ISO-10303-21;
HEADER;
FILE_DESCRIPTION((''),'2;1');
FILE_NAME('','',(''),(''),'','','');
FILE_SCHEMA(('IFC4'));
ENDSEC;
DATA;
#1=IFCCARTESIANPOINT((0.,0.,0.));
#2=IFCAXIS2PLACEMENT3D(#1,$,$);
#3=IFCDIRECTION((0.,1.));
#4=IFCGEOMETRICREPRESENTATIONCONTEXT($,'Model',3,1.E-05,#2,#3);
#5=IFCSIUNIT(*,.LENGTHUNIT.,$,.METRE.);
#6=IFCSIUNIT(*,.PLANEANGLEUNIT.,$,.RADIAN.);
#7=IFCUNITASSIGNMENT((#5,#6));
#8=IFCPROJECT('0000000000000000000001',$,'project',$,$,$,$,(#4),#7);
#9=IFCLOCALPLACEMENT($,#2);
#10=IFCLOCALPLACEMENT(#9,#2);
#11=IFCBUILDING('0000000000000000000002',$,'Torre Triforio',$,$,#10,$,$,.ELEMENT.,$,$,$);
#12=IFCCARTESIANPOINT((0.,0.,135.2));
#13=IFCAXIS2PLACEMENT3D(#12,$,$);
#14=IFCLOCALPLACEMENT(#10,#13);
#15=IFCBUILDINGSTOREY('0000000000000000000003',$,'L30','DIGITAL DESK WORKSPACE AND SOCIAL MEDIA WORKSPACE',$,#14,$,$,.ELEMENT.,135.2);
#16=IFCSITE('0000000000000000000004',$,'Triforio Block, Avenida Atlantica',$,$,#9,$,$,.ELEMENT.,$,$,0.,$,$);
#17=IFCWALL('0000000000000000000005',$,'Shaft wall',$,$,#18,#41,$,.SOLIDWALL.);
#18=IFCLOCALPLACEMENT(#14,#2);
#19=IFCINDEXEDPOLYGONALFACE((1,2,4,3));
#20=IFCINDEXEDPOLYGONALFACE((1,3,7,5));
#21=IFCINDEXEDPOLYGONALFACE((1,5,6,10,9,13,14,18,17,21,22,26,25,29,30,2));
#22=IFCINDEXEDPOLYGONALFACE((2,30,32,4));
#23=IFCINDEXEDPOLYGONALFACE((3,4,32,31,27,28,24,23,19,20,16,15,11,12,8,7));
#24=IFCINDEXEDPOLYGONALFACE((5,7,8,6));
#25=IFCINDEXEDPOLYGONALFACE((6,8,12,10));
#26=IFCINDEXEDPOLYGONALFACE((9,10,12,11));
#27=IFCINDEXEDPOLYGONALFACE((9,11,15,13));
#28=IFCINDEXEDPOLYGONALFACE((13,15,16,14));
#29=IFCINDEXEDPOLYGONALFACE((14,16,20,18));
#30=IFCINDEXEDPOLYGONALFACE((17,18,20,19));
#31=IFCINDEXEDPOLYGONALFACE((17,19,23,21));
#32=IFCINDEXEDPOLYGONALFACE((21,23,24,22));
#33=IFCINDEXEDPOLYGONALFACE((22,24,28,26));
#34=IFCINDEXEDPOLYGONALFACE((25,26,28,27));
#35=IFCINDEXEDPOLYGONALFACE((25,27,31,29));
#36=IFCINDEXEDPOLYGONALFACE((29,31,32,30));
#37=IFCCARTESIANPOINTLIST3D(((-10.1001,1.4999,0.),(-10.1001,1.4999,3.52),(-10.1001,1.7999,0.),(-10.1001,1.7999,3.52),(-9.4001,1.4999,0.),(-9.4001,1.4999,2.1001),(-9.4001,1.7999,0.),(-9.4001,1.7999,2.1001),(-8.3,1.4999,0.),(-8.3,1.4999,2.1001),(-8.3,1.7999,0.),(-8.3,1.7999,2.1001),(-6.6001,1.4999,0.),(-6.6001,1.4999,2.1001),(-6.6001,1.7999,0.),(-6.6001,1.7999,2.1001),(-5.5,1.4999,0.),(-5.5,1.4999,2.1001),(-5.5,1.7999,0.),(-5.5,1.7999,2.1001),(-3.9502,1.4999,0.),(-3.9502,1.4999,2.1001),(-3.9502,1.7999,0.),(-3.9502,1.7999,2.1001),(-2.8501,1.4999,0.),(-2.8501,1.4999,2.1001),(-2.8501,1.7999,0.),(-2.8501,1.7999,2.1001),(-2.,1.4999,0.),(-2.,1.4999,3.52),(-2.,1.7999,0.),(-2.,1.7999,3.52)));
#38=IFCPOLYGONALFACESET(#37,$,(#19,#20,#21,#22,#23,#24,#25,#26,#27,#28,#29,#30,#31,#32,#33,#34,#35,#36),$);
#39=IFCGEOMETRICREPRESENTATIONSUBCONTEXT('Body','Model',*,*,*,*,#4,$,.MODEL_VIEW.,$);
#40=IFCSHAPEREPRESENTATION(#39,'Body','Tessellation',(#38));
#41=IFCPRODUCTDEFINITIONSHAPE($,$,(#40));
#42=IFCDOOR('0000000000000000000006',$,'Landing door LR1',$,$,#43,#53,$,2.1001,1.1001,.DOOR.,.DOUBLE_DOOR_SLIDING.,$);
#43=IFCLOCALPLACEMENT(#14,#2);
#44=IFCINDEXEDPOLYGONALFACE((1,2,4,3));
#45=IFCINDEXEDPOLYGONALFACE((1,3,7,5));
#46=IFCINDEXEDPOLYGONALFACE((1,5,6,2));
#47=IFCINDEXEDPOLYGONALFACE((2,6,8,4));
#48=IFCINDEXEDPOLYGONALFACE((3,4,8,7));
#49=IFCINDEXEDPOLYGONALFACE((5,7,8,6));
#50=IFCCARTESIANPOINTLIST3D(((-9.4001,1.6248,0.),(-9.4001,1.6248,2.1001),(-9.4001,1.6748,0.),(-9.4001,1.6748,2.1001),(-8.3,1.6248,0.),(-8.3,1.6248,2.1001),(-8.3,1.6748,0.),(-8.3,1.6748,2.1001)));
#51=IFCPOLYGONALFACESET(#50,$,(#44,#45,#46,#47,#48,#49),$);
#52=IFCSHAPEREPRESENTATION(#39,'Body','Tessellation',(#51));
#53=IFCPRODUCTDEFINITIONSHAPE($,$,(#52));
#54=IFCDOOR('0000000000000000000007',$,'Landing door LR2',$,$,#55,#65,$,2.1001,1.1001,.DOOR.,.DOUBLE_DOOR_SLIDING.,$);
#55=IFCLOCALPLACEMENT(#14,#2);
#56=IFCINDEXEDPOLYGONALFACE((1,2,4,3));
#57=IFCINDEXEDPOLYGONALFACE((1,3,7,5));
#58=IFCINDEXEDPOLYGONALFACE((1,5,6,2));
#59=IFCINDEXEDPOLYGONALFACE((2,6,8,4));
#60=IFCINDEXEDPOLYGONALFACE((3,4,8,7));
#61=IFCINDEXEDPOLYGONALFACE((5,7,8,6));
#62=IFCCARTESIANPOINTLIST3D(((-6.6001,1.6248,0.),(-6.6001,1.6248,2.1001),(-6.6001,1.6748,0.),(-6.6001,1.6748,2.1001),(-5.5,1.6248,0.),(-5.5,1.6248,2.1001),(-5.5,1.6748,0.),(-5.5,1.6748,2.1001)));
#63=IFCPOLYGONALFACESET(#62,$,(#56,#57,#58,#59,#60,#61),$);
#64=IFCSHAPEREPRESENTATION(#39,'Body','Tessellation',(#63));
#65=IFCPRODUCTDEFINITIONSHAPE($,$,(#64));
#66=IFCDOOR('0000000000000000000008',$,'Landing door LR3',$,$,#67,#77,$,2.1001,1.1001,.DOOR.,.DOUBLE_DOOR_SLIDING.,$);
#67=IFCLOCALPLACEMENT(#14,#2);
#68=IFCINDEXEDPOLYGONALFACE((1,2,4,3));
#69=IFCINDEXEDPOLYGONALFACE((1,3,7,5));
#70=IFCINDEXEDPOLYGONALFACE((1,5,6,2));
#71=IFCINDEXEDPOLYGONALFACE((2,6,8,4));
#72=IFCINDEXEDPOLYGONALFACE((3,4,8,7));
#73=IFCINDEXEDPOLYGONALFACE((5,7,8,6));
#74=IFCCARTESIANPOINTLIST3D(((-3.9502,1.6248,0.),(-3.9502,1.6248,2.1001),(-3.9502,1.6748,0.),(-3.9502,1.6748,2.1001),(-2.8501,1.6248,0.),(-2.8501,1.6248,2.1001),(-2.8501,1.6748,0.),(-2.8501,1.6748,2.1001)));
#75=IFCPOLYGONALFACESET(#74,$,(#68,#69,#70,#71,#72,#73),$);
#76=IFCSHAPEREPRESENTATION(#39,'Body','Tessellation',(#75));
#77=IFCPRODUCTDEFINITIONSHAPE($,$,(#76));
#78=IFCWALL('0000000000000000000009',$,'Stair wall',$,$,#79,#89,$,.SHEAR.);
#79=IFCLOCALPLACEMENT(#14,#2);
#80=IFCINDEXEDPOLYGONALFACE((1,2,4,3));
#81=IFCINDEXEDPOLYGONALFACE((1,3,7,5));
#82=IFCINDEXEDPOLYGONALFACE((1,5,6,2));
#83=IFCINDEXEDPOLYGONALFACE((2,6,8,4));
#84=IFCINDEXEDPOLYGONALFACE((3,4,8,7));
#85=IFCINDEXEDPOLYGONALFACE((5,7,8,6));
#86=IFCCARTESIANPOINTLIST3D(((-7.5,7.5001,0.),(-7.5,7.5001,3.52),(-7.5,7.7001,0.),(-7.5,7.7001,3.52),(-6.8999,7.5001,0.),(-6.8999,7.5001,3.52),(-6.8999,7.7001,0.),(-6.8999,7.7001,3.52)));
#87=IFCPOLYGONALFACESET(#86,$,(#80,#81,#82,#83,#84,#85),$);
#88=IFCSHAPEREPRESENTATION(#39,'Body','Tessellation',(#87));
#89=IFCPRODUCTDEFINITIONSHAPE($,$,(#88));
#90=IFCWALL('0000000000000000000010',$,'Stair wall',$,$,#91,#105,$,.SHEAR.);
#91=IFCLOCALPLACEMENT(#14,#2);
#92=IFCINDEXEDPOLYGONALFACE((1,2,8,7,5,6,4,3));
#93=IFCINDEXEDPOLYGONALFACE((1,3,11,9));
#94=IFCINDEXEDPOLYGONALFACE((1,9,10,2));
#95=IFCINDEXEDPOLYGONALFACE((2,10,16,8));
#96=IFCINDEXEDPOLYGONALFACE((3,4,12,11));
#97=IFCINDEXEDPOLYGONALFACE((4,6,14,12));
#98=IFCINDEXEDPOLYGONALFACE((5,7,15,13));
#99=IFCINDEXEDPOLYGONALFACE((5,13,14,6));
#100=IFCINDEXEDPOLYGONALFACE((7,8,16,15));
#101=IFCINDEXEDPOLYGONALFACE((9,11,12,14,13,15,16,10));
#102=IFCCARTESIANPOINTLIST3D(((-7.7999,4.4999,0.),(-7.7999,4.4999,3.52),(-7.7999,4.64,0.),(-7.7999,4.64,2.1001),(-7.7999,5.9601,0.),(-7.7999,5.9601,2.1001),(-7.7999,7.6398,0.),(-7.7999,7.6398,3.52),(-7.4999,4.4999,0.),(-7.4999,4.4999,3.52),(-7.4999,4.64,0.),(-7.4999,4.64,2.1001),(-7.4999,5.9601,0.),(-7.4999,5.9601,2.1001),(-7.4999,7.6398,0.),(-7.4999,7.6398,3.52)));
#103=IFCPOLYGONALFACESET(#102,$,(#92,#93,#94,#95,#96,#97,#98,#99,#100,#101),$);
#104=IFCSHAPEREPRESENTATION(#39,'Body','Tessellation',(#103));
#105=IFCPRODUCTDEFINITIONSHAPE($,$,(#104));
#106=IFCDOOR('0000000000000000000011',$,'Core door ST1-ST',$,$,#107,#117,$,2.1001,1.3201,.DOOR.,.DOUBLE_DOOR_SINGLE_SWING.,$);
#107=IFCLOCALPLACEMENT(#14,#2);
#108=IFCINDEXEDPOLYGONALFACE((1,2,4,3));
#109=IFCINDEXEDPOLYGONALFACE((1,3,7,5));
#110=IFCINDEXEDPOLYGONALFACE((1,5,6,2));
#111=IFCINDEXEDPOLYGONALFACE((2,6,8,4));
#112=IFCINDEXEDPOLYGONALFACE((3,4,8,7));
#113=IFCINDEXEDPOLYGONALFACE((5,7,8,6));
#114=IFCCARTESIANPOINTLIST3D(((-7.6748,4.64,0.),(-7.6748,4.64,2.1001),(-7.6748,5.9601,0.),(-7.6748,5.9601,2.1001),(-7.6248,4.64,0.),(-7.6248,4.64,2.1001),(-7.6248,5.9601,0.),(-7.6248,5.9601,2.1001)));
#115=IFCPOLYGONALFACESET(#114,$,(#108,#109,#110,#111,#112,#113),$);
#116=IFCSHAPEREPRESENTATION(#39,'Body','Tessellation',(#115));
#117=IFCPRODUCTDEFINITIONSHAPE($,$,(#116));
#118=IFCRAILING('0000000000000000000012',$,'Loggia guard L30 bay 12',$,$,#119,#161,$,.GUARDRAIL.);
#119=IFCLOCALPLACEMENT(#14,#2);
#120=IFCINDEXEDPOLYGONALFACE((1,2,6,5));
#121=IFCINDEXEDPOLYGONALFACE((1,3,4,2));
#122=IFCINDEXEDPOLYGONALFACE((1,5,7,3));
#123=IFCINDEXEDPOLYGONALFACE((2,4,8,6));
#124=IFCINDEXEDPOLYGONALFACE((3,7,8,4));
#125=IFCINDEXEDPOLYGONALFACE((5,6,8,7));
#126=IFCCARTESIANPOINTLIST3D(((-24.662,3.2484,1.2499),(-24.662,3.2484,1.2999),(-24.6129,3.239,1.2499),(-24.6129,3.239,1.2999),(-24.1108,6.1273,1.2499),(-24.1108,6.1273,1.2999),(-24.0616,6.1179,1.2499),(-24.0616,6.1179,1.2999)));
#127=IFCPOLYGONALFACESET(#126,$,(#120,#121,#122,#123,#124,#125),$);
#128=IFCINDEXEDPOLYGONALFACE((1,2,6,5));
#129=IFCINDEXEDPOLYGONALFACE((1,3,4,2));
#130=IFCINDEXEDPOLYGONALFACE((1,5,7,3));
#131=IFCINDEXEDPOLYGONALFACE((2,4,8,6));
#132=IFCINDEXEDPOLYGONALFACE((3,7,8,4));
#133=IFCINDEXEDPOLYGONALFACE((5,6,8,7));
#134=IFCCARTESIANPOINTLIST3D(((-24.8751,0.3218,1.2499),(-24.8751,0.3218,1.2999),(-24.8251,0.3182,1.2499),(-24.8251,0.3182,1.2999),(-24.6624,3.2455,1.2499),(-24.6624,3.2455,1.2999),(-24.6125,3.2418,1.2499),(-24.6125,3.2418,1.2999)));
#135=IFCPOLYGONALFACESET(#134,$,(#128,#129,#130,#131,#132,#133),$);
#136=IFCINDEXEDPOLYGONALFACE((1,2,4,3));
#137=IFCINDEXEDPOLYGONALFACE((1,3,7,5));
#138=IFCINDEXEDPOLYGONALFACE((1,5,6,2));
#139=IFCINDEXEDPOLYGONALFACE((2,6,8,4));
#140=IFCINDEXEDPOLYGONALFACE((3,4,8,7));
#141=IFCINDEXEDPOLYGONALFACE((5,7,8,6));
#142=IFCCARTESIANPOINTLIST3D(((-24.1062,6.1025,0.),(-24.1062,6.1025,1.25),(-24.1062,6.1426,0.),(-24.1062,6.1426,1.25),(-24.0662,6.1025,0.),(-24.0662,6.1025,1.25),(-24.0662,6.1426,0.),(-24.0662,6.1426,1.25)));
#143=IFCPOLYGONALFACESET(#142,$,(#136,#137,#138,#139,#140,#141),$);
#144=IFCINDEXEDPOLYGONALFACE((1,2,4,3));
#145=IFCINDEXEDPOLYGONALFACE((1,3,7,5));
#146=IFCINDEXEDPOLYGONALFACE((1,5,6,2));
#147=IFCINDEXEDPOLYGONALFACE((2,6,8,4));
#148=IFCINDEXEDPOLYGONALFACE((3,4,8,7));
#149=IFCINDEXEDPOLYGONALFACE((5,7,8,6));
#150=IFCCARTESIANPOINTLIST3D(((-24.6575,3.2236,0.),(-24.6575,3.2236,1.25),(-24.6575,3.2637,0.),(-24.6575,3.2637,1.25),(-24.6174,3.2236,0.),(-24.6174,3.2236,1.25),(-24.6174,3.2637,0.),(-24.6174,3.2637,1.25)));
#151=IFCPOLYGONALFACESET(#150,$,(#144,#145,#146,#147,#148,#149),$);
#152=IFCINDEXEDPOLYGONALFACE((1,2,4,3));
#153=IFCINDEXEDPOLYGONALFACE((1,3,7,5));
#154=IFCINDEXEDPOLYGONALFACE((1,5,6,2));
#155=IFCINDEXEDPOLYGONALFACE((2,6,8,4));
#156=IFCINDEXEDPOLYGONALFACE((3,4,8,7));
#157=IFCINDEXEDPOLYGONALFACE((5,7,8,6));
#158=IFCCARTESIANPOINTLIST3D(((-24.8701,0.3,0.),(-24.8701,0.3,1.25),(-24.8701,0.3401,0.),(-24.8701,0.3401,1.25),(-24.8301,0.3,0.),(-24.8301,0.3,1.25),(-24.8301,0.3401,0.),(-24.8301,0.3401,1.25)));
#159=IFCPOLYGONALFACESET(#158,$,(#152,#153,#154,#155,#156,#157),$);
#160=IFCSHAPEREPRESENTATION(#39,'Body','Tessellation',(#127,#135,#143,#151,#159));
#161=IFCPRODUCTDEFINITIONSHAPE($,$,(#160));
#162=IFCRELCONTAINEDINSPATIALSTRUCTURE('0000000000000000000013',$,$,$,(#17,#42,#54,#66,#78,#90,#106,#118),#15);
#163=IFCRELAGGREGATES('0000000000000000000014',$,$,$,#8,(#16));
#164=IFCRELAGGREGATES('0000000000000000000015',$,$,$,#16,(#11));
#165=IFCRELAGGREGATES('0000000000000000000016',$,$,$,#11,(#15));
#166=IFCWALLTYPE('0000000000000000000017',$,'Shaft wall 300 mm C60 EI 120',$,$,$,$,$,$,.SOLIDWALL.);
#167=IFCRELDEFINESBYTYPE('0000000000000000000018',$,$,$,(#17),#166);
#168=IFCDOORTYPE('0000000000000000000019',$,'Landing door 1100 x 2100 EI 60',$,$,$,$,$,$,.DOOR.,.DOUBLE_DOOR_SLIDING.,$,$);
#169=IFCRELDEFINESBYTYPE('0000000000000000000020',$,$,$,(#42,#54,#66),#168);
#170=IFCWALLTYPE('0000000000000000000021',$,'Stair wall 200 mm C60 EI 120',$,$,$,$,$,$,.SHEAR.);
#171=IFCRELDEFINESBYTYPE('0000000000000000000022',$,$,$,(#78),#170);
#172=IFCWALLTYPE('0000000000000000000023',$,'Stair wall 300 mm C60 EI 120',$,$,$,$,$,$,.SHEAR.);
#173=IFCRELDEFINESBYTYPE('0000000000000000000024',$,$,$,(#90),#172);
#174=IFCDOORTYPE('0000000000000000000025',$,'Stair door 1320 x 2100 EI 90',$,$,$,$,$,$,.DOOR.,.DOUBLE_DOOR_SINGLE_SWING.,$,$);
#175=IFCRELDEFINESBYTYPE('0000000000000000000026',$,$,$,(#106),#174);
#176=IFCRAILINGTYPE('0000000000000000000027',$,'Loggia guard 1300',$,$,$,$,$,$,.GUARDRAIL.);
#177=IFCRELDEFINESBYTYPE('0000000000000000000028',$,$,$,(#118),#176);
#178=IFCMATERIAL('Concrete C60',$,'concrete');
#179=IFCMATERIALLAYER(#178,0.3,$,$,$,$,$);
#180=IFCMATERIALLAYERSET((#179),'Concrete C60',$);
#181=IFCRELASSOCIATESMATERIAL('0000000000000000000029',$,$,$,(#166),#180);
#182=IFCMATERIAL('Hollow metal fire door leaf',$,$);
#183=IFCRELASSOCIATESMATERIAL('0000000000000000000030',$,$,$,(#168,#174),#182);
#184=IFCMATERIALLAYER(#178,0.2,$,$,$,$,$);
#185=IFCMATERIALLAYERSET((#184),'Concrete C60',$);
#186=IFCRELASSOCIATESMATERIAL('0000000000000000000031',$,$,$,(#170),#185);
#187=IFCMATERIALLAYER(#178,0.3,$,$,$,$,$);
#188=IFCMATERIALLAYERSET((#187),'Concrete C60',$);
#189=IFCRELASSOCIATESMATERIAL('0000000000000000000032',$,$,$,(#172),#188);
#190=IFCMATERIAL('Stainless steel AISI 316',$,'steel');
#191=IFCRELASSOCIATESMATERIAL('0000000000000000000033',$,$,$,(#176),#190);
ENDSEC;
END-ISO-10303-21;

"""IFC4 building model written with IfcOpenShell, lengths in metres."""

from ifc_helpers import new_model, si_unit, direction, frame, frame_2d, origin, origin_2d, place, context, subcontext, project, spatial, rectangle, extrude, material, layer, layer_set, type_object, element, fill, save


model = new_model("IFC4")

# Units and contexts
model_context = context("Model", 3, precision=1e-05, world=origin(), true_north=direction((0.0, 1.0)))
body_context = subcontext(model_context, "Body", "Model", "MODEL_VIEW")
ifc_project = project(units=[si_unit("LENGTHUNIT", "METRE"), si_unit("PLANEANGLEUNIT", "RADIAN")], contexts=[model_context])

# Site, building, storey
site_placement = place(None, origin())
site = spatial("IfcSite", under=ifc_project, at=site_placement, Name="Triforio Block, Avenida Atlantica", CompositionType="ELEMENT", RefElevation=0.0)
building_placement = place(site_placement, origin())
building = spatial("IfcBuilding", under=site, at=building_placement, Name="Torre Triforio", CompositionType="ELEMENT")
storey_placement = place(building_placement, frame((0.0, 0.0, 135.2)))
storey = spatial("IfcBuildingStorey", under=building, at=storey_placement, Name="L30", Description="DIGITAL DESK WORKSPACE AND SOCIAL MEDIA WORKSPACE", CompositionType="ELEMENT", Elevation=135.2)

# Shared definitions
ifc_material_1 = material(Name="Concrete C60", Category="concrete")

# Shared definitions
ifc_material_2 = material(Name="Hollow metal fire door leaf")

# Shared definitions
ifc_layer_1 = layer(ifc_material_1, 0.3)
ifc_layer_set_1 = layer_set([ifc_layer_1], Name="Concrete C60")
wall_type_1 = type_object("IfcWallType", Name="Shaft wall 300 mm C60 EI 120", PredefinedType="SOLIDWALL", material=ifc_layer_set_1)

# Wall, openings, doors
wall_1_placement = place(storey_placement, frame((-10.1001, 1.6499, 0.0), z_axis=(0.0, 0.0, 1.0), x_axis=(1.0, 0.0, 0.0)))
wall_1 = element("IfcWall", 1, at=wall_1_placement, inside=storey, type_object=wall_type_1, Name="Shaft wall", PredefinedType="SOLIDWALL", context=body_context, shape_type="SweptSolid", body=[
    extrude(rectangle(XDim=8.1001, YDim=0.3, at=frame_2d((4.05, 0.0))), origin(), (0.0, 0.0, 1.0), 3.52),
])
opening_1_placement = place(wall_1_placement, frame((0.7, 0.0, 0.0)))
opening_1 = element("IfcOpeningElement", 2, at=opening_1_placement, cuts=wall_1, PredefinedType="OPENING", context=body_context, shape_type="SweptSolid", body=[
    extrude(rectangle(XDim=1.1001, YDim=2.1001, at=frame_2d((0.55, 1.05))), frame((0.0, 0.1599, 0.0), z_axis=(0.0, -1.0, 0.0), x_axis=(1.0, 0.0, 0.0)), (0.0, 0.0, 1.0), 0.3201),
])
opening_2_placement = place(wall_1_placement, frame((3.5, 0.0, 0.0)))
opening_2 = element("IfcOpeningElement", 3, at=opening_2_placement, cuts=wall_1, PredefinedType="OPENING", context=body_context, shape_type="SweptSolid", body=[
    extrude(rectangle(XDim=1.1001, YDim=2.1001, at=frame_2d((0.55, 1.05))), frame((0.0, 0.1599, 0.0), z_axis=(0.0, -1.0, 0.0), x_axis=(1.0, 0.0, 0.0)), (0.0, 0.0, 1.0), 0.3201),
])
opening_3_placement = place(wall_1_placement, frame((6.1499, 0.0, 0.0)))
opening_3 = element("IfcOpeningElement", 4, at=opening_3_placement, cuts=wall_1, PredefinedType="OPENING", context=body_context, shape_type="SweptSolid", body=[
    extrude(rectangle(XDim=1.1001, YDim=2.1001, at=frame_2d((0.55, 1.05))), frame((0.0, 0.1599, 0.0), z_axis=(0.0, -1.0, 0.0), x_axis=(1.0, 0.0, 0.0)), (0.0, 0.0, 1.0), 0.3201),
])
door_type_1 = type_object("IfcDoorType", Name="Landing door 1100 x 2100 EI 60", OperationType="DOUBLE_DOOR_SLIDING", PredefinedType="DOOR", material=ifc_material_2)
door_1_placement = place(opening_1_placement, origin())
door_1 = element("IfcDoor", 5, at=door_1_placement, inside=storey, type_object=door_type_1, Name="Landing door LR1", OperationType="DOUBLE_DOOR_SLIDING", OverallHeight=2.1001, OverallWidth=1.1001, PredefinedType="DOOR", context=body_context, shape_type="SweptSolid", body=[
    extrude(rectangle(XDim=1.1001, YDim=2.1001, at=frame_2d((0.55, 1.05))), frame((0.0, 0.0249, 0.0), z_axis=(0.0, -1.0, 0.0), x_axis=(1.0, 0.0, 0.0)), (0.0, 0.0, 1.0), 0.05),
])
fill(opening_1, door_1)
door_2_placement = place(opening_2_placement, origin())
door_2 = element("IfcDoor", 6, at=door_2_placement, inside=storey, type_object=door_type_1, Name="Landing door LR2", OperationType="DOUBLE_DOOR_SLIDING", OverallHeight=2.1001, OverallWidth=1.1001, PredefinedType="DOOR", context=body_context, shape_type="SweptSolid", body=[
    extrude(rectangle(XDim=1.1001, YDim=2.1001, at=frame_2d((0.55, 1.05))), frame((0.0, 0.0249, 0.0), z_axis=(0.0, -1.0, 0.0), x_axis=(1.0, 0.0, 0.0)), (0.0, 0.0, 1.0), 0.05),
])
fill(opening_2, door_2)
door_3_placement = place(opening_3_placement, origin())
door_3 = element("IfcDoor", 7, at=door_3_placement, inside=storey, type_object=door_type_1, Name="Landing door LR3", OperationType="DOUBLE_DOOR_SLIDING", OverallHeight=2.1001, OverallWidth=1.1001, PredefinedType="DOOR", context=body_context, shape_type="SweptSolid", body=[
    extrude(rectangle(XDim=1.1001, YDim=2.1001, at=frame_2d((0.55, 1.05))), frame((0.0, 0.0249, 0.0), z_axis=(0.0, -1.0, 0.0), x_axis=(1.0, 0.0, 0.0)), (0.0, 0.0, 1.0), 0.05),
])
fill(opening_3, door_3)

# Wall
ifc_layer_2 = layer(ifc_material_1, 0.2)
ifc_layer_set_2 = layer_set([ifc_layer_2], Name="Concrete C60")
wall_type_2 = type_object("IfcWallType", Name="Stair wall 200 mm C60 EI 120", PredefinedType="SHEAR", material=ifc_layer_set_2)
wall_2_placement = place(storey_placement, frame((-7.5, 7.6001, 0.0), z_axis=(0.0, 0.0, 1.0), x_axis=(1.0, 0.0, 0.0)))
element("IfcWall", 8, at=wall_2_placement, inside=storey, type_object=wall_type_2, Name="Stair wall", PredefinedType="SHEAR", context=body_context, shape_type="SweptSolid", body=[
    extrude(rectangle(XDim=0.6001, YDim=0.2, at=frame_2d((0.3, 0.0))), origin(), (0.0, 0.0, 1.0), 3.52),
])

# Wall, opening, door
ifc_layer_3 = layer(ifc_material_1, 0.3)
ifc_layer_set_3 = layer_set([ifc_layer_3], Name="Concrete C60")
wall_type_3 = type_object("IfcWallType", Name="Stair wall 300 mm C60 EI 120", PredefinedType="SHEAR", material=ifc_layer_set_3)
wall_3_placement = place(storey_placement, frame((-7.6499, 4.5, 0.0), z_axis=(0.0, 0.0, 1.0), x_axis=(0.0, 1.0, 0.0)))
wall_3 = element("IfcWall", 9, at=wall_3_placement, inside=storey, type_object=wall_type_3, Name="Stair wall", PredefinedType="SHEAR", context=body_context, shape_type="SweptSolid", body=[
    extrude(rectangle(XDim=3.1399, YDim=0.3, at=frame_2d((1.5698, 0.0))), origin(), (0.0, 0.0, 1.0), 3.52),
])
opening_4_placement = place(wall_3_placement, frame((0.1399, 0.0, 0.0)))
opening_4 = element("IfcOpeningElement", 10, at=opening_4_placement, cuts=wall_3, PredefinedType="OPENING", context=body_context, shape_type="SweptSolid", body=[
    extrude(rectangle(XDim=1.3201, YDim=2.1001, at=frame_2d((0.6602, 1.05))), frame((0.0, 0.1599, 0.0), z_axis=(0.0, -1.0, 0.0), x_axis=(1.0, 0.0, 0.0)), (0.0, 0.0, 1.0), 0.3201),
])
door_type_2 = type_object("IfcDoorType", Name="Stair door 1320 x 2100 EI 90", OperationType="DOUBLE_DOOR_SINGLE_SWING", PredefinedType="DOOR", material=ifc_material_2)
door_4_placement = place(opening_4_placement, origin())
door_4 = element("IfcDoor", 11, at=door_4_placement, inside=storey, type_object=door_type_2, Name="Core door ST1-ST", OperationType="DOUBLE_DOOR_SINGLE_SWING", OverallHeight=2.1001, OverallWidth=1.3201, PredefinedType="DOOR", context=body_context, shape_type="SweptSolid", body=[
    extrude(rectangle(XDim=1.3201, YDim=2.1001, at=frame_2d((0.6602, 1.05))), frame((0.0, 0.0249, 0.0), z_axis=(0.0, -1.0, 0.0), x_axis=(1.0, 0.0, 0.0)), (0.0, 0.0, 1.0), 0.05),
])
fill(opening_4, door_4)

# Railing
ifc_material_3 = material(Name="Stainless steel AISI 316", Category="steel")
railing_type = type_object("IfcRailingType", Name="Loggia guard 1300", PredefinedType="GUARDRAIL", material=ifc_material_3)
railing_placement = place(storey_placement, frame((-24.0862, 6.1226, 0.0)))
element("IfcRailing", 12, at=railing_placement, inside=storey, type_object=railing_type, Name="Loggia guard L30 bay 12", PredefinedType="GUARDRAIL", context=body_context, shape_type="SweptSolid", body=[
    extrude(rectangle(XDim=0.05, YDim=0.05, at=origin_2d()), frame((0.0, 0.0, 1.2749), z_axis=(-0.188069, -0.982156, 0.0), x_axis=(0.982156, -0.188069, 0.0)), (0.0, 0.0, 1.0), 2.9312),
    extrude(rectangle(XDim=0.05, YDim=0.05, at=origin_2d()), frame((-0.5513, -2.8789, 1.2749), z_axis=(-0.072543, -0.997365, 0.0), x_axis=(0.997365, -0.072543, 0.0)), (0.0, 0.0, 1.0), 2.9314),
    extrude(rectangle(XDim=0.04, YDim=0.04, at=origin_2d()), origin(), (0.0, 0.0, 1.0), 1.25),
    extrude(rectangle(XDim=0.04, YDim=0.04, at=origin_2d()), frame((-0.5513, -2.8789, 0.0)), (0.0, 0.0, 1.0), 1.25),
    extrude(rectangle(XDim=0.04, YDim=0.04, at=origin_2d()), frame((-0.7639, -5.8025, 0.0)), (0.0, 0.0, 1.0), 1.25),
])

save(model, "model.ifc")
